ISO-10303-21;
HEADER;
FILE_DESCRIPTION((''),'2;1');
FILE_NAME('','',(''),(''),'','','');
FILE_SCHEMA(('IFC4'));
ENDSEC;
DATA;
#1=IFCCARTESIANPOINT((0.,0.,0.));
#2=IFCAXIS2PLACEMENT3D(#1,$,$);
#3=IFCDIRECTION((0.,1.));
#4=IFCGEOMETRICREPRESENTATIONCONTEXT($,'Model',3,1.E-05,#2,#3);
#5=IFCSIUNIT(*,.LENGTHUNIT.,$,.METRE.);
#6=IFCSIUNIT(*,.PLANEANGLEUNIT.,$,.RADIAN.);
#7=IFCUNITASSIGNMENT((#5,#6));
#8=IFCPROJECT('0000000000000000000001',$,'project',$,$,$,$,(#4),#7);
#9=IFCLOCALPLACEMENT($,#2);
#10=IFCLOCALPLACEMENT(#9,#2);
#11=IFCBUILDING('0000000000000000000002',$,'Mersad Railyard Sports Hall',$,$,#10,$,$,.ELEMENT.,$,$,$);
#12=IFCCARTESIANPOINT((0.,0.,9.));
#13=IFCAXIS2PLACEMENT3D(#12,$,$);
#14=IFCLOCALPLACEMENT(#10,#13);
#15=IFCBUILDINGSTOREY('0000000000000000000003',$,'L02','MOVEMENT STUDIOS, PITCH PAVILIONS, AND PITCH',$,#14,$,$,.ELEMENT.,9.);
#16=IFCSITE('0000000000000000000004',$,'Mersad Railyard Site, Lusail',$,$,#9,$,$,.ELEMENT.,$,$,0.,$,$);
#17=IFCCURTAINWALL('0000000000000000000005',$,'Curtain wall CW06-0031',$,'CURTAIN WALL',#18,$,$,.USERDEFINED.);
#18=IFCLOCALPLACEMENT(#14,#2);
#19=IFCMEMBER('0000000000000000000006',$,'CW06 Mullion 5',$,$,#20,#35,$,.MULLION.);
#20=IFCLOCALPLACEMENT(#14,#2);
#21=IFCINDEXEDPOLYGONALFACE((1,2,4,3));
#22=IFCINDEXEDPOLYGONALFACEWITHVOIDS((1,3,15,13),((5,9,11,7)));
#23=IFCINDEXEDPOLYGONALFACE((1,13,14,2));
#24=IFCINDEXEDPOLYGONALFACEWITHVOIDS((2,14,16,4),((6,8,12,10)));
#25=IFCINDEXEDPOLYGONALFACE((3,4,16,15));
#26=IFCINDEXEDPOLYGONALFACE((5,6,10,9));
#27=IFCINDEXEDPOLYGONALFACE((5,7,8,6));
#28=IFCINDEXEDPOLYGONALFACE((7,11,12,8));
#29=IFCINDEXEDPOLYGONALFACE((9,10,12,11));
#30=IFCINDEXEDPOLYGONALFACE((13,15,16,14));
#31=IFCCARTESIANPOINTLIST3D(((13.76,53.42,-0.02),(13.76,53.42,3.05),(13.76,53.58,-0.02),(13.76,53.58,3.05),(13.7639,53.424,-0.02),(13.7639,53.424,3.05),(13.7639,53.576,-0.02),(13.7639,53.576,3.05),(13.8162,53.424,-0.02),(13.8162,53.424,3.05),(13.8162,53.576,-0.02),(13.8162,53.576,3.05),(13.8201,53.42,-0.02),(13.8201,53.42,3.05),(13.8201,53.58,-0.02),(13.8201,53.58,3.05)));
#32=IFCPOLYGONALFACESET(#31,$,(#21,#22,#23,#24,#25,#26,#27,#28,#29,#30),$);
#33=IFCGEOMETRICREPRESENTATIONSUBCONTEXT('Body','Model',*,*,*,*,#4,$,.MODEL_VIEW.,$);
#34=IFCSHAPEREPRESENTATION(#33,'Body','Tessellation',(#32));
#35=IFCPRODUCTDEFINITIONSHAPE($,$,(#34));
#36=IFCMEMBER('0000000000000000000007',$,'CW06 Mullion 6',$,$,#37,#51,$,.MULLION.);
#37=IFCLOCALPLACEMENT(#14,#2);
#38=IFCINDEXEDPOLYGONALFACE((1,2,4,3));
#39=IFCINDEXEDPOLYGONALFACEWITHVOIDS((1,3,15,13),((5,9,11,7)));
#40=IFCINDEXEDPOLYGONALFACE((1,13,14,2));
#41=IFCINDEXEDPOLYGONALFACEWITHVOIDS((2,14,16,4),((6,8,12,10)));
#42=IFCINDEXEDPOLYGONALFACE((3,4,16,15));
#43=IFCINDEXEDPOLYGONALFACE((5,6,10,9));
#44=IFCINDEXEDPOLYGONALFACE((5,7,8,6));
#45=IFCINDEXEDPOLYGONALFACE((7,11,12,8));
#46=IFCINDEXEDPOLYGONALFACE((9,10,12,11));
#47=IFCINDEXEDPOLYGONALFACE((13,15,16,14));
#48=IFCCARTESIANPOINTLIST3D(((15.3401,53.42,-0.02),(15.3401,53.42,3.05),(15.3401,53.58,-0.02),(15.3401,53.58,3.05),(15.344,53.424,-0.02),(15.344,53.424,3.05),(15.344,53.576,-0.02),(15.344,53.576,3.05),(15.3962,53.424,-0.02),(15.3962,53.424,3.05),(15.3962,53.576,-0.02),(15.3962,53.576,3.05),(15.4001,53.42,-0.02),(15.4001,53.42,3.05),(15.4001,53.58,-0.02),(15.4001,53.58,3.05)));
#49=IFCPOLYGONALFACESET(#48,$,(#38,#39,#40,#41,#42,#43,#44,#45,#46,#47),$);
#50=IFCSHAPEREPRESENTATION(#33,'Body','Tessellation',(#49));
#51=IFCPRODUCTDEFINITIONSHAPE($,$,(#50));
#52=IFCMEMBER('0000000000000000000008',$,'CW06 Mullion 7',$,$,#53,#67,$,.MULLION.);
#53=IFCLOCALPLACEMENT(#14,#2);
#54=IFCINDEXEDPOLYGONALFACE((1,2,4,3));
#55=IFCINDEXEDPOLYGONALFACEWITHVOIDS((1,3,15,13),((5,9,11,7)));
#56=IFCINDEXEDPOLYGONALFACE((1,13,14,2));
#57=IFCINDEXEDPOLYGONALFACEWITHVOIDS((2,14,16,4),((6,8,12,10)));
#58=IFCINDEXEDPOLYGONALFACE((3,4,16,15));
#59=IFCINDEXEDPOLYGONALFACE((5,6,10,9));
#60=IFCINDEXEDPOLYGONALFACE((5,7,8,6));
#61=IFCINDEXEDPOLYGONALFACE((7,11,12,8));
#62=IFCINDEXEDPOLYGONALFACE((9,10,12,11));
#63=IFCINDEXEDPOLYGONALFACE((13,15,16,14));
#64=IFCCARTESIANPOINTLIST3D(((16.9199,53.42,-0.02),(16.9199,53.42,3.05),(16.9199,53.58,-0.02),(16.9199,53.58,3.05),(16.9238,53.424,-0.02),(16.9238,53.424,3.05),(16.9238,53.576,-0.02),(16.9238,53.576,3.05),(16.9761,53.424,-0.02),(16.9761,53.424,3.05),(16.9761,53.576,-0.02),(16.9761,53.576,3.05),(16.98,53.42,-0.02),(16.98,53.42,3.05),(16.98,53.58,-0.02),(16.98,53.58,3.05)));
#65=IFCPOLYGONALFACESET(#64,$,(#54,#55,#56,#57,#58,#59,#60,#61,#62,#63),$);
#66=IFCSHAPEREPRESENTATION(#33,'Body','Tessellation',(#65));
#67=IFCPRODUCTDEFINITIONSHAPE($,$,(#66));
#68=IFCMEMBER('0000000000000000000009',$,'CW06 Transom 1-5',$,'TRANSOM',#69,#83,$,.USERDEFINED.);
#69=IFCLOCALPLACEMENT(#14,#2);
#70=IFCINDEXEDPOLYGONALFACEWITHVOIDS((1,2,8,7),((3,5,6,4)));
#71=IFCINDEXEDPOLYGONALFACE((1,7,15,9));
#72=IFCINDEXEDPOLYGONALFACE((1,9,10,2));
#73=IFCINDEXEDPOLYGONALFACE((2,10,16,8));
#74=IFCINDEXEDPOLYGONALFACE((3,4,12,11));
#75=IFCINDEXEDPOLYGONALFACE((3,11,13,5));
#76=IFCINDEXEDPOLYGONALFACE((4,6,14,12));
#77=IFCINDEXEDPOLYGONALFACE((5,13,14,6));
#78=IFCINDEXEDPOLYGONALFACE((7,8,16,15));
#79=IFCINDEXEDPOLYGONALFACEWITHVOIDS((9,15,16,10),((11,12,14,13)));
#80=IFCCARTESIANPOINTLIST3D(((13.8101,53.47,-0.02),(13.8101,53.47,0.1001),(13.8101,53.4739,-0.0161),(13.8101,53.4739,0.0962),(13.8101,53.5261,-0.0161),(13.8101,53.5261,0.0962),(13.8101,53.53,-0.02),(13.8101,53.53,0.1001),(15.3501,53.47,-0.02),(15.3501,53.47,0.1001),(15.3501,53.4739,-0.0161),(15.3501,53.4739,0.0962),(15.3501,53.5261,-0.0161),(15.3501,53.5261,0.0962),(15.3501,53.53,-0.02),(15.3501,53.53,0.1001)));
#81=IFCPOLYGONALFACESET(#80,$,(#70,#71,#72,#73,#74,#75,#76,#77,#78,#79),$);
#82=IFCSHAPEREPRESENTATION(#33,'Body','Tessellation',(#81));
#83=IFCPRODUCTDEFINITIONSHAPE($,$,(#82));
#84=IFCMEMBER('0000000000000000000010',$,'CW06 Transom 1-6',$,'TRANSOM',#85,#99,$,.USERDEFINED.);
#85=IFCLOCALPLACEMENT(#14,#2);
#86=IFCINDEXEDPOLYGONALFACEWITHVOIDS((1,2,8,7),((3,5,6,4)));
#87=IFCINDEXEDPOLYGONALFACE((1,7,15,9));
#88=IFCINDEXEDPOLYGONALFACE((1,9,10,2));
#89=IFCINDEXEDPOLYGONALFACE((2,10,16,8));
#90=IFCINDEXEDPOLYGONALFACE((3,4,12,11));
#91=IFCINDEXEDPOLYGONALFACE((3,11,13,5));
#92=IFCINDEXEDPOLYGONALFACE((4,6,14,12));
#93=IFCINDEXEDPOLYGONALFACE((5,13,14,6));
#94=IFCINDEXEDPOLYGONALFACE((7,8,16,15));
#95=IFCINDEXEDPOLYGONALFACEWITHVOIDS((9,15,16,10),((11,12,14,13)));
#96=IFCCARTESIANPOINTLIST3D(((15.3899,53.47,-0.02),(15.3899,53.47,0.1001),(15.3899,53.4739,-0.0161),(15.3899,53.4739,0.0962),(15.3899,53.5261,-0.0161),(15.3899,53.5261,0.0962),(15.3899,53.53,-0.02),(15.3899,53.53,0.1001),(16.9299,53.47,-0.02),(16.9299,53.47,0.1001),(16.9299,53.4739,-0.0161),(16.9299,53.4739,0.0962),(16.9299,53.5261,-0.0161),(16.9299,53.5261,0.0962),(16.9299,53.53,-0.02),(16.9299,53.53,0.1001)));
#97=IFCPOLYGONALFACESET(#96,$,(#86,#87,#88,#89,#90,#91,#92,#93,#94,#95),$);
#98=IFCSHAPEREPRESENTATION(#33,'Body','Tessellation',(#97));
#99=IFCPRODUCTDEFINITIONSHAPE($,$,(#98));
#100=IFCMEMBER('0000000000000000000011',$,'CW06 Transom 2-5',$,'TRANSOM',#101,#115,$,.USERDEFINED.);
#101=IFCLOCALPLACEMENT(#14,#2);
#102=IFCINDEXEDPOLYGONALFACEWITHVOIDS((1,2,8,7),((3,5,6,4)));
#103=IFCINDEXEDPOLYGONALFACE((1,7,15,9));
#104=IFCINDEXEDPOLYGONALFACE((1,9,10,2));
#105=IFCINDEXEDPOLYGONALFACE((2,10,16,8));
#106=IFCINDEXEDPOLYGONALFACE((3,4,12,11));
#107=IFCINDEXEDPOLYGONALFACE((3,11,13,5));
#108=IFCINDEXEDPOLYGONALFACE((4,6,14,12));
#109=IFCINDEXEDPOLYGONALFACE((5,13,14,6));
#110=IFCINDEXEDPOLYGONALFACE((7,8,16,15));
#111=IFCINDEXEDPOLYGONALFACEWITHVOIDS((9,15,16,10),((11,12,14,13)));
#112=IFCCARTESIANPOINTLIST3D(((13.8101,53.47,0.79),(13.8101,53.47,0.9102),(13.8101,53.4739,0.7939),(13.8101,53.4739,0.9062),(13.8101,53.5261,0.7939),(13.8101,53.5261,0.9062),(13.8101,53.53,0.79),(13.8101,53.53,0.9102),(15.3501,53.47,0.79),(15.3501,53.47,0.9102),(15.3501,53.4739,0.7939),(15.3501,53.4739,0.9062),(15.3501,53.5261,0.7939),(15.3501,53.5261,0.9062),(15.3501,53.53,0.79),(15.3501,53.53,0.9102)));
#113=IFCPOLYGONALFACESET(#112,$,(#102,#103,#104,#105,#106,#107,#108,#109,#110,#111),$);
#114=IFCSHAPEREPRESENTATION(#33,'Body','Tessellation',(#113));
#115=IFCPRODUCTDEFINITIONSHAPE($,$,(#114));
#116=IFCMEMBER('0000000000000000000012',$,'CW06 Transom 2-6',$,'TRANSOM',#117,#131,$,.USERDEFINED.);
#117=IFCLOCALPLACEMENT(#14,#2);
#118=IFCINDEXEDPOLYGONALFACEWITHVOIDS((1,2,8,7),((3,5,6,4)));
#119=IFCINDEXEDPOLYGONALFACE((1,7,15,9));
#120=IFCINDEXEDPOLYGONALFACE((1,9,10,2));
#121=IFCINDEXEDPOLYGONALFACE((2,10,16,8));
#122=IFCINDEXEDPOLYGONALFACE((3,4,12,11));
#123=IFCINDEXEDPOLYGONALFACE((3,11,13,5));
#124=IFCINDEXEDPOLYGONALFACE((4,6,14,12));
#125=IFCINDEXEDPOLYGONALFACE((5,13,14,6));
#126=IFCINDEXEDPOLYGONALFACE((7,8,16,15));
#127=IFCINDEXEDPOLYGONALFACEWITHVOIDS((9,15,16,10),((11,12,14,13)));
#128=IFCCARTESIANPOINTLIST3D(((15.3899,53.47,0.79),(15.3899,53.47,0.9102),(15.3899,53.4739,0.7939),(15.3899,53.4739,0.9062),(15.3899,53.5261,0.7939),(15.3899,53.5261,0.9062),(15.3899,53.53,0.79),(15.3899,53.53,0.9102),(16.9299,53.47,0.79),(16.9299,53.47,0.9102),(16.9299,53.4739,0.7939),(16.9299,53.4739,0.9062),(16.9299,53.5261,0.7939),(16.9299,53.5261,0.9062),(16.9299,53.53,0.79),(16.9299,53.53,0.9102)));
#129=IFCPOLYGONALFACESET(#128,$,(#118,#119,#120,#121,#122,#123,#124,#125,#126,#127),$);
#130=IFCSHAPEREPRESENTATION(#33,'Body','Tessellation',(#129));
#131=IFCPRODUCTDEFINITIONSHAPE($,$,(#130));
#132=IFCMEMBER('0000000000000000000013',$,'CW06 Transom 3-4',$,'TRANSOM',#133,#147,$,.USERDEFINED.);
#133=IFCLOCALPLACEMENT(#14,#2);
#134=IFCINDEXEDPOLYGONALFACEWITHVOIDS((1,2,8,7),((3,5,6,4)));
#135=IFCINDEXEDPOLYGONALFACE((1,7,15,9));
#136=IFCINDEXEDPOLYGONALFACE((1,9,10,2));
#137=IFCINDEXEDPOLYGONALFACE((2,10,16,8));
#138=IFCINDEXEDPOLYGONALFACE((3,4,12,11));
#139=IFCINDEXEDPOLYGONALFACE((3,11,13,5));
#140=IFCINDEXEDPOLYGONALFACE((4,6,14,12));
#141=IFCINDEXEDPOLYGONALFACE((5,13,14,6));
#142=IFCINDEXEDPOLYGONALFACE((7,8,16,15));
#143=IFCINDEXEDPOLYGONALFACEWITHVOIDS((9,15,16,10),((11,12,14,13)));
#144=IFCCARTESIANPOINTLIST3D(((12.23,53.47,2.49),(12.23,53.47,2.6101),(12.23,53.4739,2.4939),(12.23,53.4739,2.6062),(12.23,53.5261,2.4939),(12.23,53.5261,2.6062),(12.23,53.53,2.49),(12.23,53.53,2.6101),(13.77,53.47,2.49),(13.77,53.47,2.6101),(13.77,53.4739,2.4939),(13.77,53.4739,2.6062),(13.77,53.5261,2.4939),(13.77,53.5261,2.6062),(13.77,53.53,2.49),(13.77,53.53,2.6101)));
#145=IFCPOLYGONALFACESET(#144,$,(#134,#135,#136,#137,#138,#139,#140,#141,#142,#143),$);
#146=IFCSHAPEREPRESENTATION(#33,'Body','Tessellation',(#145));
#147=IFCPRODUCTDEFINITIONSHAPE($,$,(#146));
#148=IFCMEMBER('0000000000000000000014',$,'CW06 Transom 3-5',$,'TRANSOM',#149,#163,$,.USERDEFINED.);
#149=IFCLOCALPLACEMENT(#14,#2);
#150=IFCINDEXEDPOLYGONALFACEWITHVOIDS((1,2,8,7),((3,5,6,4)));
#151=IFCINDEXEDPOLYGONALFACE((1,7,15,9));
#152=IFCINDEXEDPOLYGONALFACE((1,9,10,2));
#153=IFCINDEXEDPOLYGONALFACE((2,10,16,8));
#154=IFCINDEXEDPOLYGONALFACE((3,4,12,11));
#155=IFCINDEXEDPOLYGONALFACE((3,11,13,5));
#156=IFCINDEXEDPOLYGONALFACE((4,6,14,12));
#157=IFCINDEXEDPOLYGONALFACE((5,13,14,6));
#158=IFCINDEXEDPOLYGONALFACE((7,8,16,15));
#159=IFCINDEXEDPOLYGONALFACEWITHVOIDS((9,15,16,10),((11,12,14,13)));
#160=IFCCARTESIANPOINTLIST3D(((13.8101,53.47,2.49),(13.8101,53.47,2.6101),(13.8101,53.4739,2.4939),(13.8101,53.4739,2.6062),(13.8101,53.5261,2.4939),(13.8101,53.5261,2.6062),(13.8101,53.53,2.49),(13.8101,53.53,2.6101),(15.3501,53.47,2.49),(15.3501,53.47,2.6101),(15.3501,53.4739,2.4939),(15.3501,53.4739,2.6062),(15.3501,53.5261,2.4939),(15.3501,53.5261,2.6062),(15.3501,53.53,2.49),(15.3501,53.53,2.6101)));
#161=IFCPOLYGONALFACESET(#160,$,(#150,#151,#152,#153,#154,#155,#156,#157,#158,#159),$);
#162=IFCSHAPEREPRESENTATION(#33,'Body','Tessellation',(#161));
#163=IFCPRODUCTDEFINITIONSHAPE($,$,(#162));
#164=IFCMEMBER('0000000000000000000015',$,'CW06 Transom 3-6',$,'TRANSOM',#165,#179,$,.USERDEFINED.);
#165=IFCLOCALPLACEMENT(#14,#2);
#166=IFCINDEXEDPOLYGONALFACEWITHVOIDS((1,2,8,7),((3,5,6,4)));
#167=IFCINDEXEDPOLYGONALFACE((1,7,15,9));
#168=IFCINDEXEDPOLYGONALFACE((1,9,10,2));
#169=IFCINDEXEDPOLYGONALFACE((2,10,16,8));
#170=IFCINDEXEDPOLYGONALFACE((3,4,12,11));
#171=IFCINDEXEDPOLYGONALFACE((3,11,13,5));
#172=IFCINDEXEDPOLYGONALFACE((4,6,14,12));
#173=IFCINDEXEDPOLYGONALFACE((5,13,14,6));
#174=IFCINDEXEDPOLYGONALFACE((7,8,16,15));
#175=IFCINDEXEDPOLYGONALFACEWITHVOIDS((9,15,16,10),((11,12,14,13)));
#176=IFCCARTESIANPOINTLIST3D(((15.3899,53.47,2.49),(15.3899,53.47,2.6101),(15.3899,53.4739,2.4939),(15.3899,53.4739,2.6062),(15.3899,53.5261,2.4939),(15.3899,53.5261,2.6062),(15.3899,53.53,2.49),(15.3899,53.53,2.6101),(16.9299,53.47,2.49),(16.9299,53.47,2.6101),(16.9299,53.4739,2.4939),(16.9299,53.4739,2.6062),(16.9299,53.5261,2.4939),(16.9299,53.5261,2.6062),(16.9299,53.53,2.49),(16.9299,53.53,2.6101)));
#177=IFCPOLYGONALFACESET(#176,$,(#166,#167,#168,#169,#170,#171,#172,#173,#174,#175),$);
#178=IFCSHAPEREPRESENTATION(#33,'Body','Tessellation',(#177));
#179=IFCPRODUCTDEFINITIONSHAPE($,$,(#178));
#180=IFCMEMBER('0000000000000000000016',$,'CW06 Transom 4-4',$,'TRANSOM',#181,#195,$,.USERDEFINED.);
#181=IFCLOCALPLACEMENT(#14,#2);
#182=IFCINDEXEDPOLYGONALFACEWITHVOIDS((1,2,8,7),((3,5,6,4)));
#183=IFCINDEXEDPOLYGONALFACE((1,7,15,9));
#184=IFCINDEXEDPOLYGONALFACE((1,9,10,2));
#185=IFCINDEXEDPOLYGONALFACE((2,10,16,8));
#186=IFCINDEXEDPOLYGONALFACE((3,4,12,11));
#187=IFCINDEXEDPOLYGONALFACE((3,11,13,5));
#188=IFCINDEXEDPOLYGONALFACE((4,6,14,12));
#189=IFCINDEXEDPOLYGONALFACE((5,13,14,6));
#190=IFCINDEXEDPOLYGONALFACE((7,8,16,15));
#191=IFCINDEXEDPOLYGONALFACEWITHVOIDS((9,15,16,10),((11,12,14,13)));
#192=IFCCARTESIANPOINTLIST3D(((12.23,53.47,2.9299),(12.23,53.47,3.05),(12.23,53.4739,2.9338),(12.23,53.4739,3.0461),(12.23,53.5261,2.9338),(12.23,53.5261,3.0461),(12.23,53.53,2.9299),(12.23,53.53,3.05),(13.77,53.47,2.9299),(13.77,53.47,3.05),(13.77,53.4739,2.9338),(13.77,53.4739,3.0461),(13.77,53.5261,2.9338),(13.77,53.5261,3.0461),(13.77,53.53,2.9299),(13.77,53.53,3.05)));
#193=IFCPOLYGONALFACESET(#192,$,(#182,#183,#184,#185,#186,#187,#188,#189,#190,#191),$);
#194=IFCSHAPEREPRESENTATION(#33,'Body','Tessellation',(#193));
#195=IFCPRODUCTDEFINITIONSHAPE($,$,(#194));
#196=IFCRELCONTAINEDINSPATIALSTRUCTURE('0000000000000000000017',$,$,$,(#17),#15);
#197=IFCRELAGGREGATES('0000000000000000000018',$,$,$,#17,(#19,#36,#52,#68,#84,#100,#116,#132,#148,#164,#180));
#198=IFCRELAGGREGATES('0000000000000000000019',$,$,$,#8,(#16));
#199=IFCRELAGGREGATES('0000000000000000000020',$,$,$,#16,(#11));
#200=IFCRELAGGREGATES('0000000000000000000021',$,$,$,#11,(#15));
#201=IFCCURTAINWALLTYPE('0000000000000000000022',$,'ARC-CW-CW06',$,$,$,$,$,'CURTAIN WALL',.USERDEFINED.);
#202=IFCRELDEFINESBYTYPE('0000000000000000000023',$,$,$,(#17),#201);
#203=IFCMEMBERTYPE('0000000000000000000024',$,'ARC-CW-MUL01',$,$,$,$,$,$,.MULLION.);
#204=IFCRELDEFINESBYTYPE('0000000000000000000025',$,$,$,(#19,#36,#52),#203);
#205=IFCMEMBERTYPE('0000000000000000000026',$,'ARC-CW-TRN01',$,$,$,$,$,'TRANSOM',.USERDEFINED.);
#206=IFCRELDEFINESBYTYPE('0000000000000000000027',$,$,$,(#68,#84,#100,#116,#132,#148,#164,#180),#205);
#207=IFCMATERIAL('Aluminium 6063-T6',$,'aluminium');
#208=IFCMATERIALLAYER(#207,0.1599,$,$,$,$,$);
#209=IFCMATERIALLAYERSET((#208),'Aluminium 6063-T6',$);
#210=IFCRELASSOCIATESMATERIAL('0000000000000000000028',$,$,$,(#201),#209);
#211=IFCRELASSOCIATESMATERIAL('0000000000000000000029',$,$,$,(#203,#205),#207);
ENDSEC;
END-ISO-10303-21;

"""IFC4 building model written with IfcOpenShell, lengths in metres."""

from ifc_helpers import new_model, si_unit, direction, frame, origin, origin_2d, place, context, subcontext, project, spatial, hollow_rectangle, extrude, material, layer, layer_set, material_profile, profile_set, type_object, element, aggregate, save


model = new_model("IFC4")

# Units and contexts
model_context = context("Model", 3, precision=1e-05, world=origin(), true_north=direction((0.0, 1.0)))
body_context = subcontext(model_context, "Body", "Model", "MODEL_VIEW")
ifc_project = project(units=[si_unit("LENGTHUNIT", "METRE"), si_unit("PLANEANGLEUNIT", "RADIAN")], contexts=[model_context])

# Site, building, storey
site_placement = place(None, origin())
site = spatial("IfcSite", under=ifc_project, at=site_placement, Name="Mersad Railyard Site, Lusail", CompositionType="ELEMENT", RefElevation=0.0)
building_placement = place(site_placement, origin())
building = spatial("IfcBuilding", under=site, at=building_placement, Name="Mersad Railyard Sports Hall", CompositionType="ELEMENT")
storey_placement = place(building_placement, frame((0.0, 0.0, 9.0)))
storey = spatial("IfcBuildingStorey", under=building, at=storey_placement, Name="L02", Description="MOVEMENT STUDIOS, PITCH PAVILIONS, AND PITCH", CompositionType="ELEMENT", Elevation=9.0)

# Curtain wall, members
ifc_material_1 = material(Name="Aluminium 6063-T6", Category="aluminium")
ifc_layer_1 = layer(ifc_material_1, 0.1599)
ifc_layer_set_1 = layer_set([ifc_layer_1], Name="Aluminium 6063-T6")
curtain_wall_type = type_object("IfcCurtainWallType", Name="ARC-CW-CW06", ElementType="CURTAIN WALL", PredefinedType="USERDEFINED", material=ifc_layer_set_1)
curtain_wall_placement = place(storey_placement, origin())
curtain_wall = element("IfcCurtainWall", 1, at=curtain_wall_placement, inside=storey, type_object=curtain_wall_type, Name="Curtain wall CW06-0031", ObjectType="CURTAIN WALL", PredefinedType="USERDEFINED")
ifc_material_profile_1 = material_profile(ifc_material_1, hollow_rectangle(XDim=0.0601, YDim=0.1599, WallThickness=0.0039, at=origin_2d()), Name="AL MULLION 60x160x4")
ifc_profile_set_1 = profile_set([ifc_material_profile_1], Name="Aluminium 6063-T6")
member_type_1 = type_object("IfcMemberType", Name="ARC-CW-MUL01", PredefinedType="MULLION", material=ifc_profile_set_1)
member_1_placement = place(storey_placement, frame((13.79, 53.5, -0.02), z_axis=(0.0, 0.0, 1.0), x_axis=(1.0, 0.0, 0.0)))
member_1 = element("IfcMember", 2, at=member_1_placement, type_object=member_type_1, Name="CW06 Mullion 5", PredefinedType="MULLION", context=body_context, shape_type="SweptSolid", body=[
    extrude(hollow_rectangle(XDim=0.0601, YDim=0.1599, WallThickness=0.0039, at=origin_2d()), origin(), (0.0, 0.0, 1.0), 3.0701),
])
member_2_placement = place(storey_placement, frame((15.3701, 53.5, -0.02), z_axis=(0.0, 0.0, 1.0), x_axis=(1.0, 0.0, 0.0)))
member_2 = element("IfcMember", 3, at=member_2_placement, type_object=member_type_1, Name="CW06 Mullion 6", PredefinedType="MULLION", context=body_context, shape_type="SweptSolid", body=[
    extrude(hollow_rectangle(XDim=0.0601, YDim=0.1599, WallThickness=0.0039, at=origin_2d()), origin(), (0.0, 0.0, 1.0), 3.0701),
])
member_3_placement = place(storey_placement, frame((16.95, 53.5, -0.02), z_axis=(0.0, 0.0, 1.0), x_axis=(1.0, 0.0, 0.0)))
member_3 = element("IfcMember", 4, at=member_3_placement, type_object=member_type_1, Name="CW06 Mullion 7", PredefinedType="MULLION", context=body_context, shape_type="SweptSolid", body=[
    extrude(hollow_rectangle(XDim=0.0601, YDim=0.1599, WallThickness=0.0039, at=origin_2d()), origin(), (0.0, 0.0, 1.0), 3.0701),
])
ifc_material_profile_2 = material_profile(ifc_material_1, hollow_rectangle(XDim=0.0601, YDim=0.1201, WallThickness=0.0039, at=origin_2d()), Name="AL TRANSOM 60x120x4")
ifc_profile_set_2 = profile_set([ifc_material_profile_2], Name="Aluminium 6063-T6")
member_type_2 = type_object("IfcMemberType", Name="ARC-CW-TRN01", ElementType="TRANSOM", PredefinedType="USERDEFINED", material=ifc_profile_set_2)
member_4_placement = place(storey_placement, frame((13.8101, 53.5, 0.04), z_axis=(1.0, 0.0, 0.0), x_axis=(0.0, 1.0, 0.0)))
member_4 = element("IfcMember", 5, at=member_4_placement, type_object=member_type_2, Name="CW06 Transom 1-5", ObjectType="TRANSOM", PredefinedType="USERDEFINED", context=body_context, shape_type="SweptSolid", body=[
    extrude(hollow_rectangle(XDim=0.0601, YDim=0.1201, WallThickness=0.0039, at=origin_2d()), origin(), (0.0, 0.0, 1.0), 1.54),
])
member_5_placement = place(storey_placement, frame((15.3899, 53.5, 0.04), z_axis=(1.0, 0.0, 0.0), x_axis=(0.0, 1.0, 0.0)))
member_5 = element("IfcMember", 6, at=member_5_placement, type_object=member_type_2, Name="CW06 Transom 1-6", ObjectType="TRANSOM", PredefinedType="USERDEFINED", context=body_context, shape_type="SweptSolid", body=[
    extrude(hollow_rectangle(XDim=0.0601, YDim=0.1201, WallThickness=0.0039, at=origin_2d()), origin(), (0.0, 0.0, 1.0), 1.54),
])
member_6_placement = place(storey_placement, frame((13.8101, 53.5, 0.8501), z_axis=(1.0, 0.0, 0.0), x_axis=(0.0, 1.0, 0.0)))
member_6 = element("IfcMember", 7, at=member_6_placement, type_object=member_type_2, Name="CW06 Transom 2-5", ObjectType="TRANSOM", PredefinedType="USERDEFINED", context=body_context, shape_type="SweptSolid", body=[
    extrude(hollow_rectangle(XDim=0.0601, YDim=0.1201, WallThickness=0.0039, at=origin_2d()), origin(), (0.0, 0.0, 1.0), 1.54),
])
member_7_placement = place(storey_placement, frame((15.3899, 53.5, 0.8501), z_axis=(1.0, 0.0, 0.0), x_axis=(0.0, 1.0, 0.0)))
member_7 = element("IfcMember", 8, at=member_7_placement, type_object=member_type_2, Name="CW06 Transom 2-6", ObjectType="TRANSOM", PredefinedType="USERDEFINED", context=body_context, shape_type="SweptSolid", body=[
    extrude(hollow_rectangle(XDim=0.0601, YDim=0.1201, WallThickness=0.0039, at=origin_2d()), origin(), (0.0, 0.0, 1.0), 1.54),
])
member_8_placement = place(storey_placement, frame((12.23, 53.5, 2.55), z_axis=(1.0, 0.0, 0.0), x_axis=(0.0, 1.0, 0.0)))
member_8 = element("IfcMember", 9, at=member_8_placement, type_object=member_type_2, Name="CW06 Transom 3-4", ObjectType="TRANSOM", PredefinedType="USERDEFINED", context=body_context, shape_type="SweptSolid", body=[
    extrude(hollow_rectangle(XDim=0.0601, YDim=0.1201, WallThickness=0.0039, at=origin_2d()), origin(), (0.0, 0.0, 1.0), 1.54),
])
member_9_placement = place(storey_placement, frame((13.8101, 53.5, 2.55), z_axis=(1.0, 0.0, 0.0), x_axis=(0.0, 1.0, 0.0)))
member_9 = element("IfcMember", 10, at=member_9_placement, type_object=member_type_2, Name="CW06 Transom 3-5", ObjectType="TRANSOM", PredefinedType="USERDEFINED", context=body_context, shape_type="SweptSolid", body=[
    extrude(hollow_rectangle(XDim=0.0601, YDim=0.1201, WallThickness=0.0039, at=origin_2d()), origin(), (0.0, 0.0, 1.0), 1.54),
])
member_10_placement = place(storey_placement, frame((15.3899, 53.5, 2.55), z_axis=(1.0, 0.0, 0.0), x_axis=(0.0, 1.0, 0.0)))
member_10 = element("IfcMember", 11, at=member_10_placement, type_object=member_type_2, Name="CW06 Transom 3-6", ObjectType="TRANSOM", PredefinedType="USERDEFINED", context=body_context, shape_type="SweptSolid", body=[
    extrude(hollow_rectangle(XDim=0.0601, YDim=0.1201, WallThickness=0.0039, at=origin_2d()), origin(), (0.0, 0.0, 1.0), 1.54),
])
member_11_placement = place(storey_placement, frame((12.23, 53.5, 2.99), z_axis=(1.0, 0.0, 0.0), x_axis=(0.0, 1.0, 0.0)))
member_11 = element("IfcMember", 12, at=member_11_placement, type_object=member_type_2, Name="CW06 Transom 4-4", ObjectType="TRANSOM", PredefinedType="USERDEFINED", context=body_context, shape_type="SweptSolid", body=[
    extrude(hollow_rectangle(XDim=0.0601, YDim=0.1201, WallThickness=0.0039, at=origin_2d()), origin(), (0.0, 0.0, 1.0), 1.54),
])
aggregate(curtain_wall, [member_1, member_2, member_3, member_4, member_5, member_6, member_7, member_8, member_9, member_10, member_11])

save(model, "model.ifc")
